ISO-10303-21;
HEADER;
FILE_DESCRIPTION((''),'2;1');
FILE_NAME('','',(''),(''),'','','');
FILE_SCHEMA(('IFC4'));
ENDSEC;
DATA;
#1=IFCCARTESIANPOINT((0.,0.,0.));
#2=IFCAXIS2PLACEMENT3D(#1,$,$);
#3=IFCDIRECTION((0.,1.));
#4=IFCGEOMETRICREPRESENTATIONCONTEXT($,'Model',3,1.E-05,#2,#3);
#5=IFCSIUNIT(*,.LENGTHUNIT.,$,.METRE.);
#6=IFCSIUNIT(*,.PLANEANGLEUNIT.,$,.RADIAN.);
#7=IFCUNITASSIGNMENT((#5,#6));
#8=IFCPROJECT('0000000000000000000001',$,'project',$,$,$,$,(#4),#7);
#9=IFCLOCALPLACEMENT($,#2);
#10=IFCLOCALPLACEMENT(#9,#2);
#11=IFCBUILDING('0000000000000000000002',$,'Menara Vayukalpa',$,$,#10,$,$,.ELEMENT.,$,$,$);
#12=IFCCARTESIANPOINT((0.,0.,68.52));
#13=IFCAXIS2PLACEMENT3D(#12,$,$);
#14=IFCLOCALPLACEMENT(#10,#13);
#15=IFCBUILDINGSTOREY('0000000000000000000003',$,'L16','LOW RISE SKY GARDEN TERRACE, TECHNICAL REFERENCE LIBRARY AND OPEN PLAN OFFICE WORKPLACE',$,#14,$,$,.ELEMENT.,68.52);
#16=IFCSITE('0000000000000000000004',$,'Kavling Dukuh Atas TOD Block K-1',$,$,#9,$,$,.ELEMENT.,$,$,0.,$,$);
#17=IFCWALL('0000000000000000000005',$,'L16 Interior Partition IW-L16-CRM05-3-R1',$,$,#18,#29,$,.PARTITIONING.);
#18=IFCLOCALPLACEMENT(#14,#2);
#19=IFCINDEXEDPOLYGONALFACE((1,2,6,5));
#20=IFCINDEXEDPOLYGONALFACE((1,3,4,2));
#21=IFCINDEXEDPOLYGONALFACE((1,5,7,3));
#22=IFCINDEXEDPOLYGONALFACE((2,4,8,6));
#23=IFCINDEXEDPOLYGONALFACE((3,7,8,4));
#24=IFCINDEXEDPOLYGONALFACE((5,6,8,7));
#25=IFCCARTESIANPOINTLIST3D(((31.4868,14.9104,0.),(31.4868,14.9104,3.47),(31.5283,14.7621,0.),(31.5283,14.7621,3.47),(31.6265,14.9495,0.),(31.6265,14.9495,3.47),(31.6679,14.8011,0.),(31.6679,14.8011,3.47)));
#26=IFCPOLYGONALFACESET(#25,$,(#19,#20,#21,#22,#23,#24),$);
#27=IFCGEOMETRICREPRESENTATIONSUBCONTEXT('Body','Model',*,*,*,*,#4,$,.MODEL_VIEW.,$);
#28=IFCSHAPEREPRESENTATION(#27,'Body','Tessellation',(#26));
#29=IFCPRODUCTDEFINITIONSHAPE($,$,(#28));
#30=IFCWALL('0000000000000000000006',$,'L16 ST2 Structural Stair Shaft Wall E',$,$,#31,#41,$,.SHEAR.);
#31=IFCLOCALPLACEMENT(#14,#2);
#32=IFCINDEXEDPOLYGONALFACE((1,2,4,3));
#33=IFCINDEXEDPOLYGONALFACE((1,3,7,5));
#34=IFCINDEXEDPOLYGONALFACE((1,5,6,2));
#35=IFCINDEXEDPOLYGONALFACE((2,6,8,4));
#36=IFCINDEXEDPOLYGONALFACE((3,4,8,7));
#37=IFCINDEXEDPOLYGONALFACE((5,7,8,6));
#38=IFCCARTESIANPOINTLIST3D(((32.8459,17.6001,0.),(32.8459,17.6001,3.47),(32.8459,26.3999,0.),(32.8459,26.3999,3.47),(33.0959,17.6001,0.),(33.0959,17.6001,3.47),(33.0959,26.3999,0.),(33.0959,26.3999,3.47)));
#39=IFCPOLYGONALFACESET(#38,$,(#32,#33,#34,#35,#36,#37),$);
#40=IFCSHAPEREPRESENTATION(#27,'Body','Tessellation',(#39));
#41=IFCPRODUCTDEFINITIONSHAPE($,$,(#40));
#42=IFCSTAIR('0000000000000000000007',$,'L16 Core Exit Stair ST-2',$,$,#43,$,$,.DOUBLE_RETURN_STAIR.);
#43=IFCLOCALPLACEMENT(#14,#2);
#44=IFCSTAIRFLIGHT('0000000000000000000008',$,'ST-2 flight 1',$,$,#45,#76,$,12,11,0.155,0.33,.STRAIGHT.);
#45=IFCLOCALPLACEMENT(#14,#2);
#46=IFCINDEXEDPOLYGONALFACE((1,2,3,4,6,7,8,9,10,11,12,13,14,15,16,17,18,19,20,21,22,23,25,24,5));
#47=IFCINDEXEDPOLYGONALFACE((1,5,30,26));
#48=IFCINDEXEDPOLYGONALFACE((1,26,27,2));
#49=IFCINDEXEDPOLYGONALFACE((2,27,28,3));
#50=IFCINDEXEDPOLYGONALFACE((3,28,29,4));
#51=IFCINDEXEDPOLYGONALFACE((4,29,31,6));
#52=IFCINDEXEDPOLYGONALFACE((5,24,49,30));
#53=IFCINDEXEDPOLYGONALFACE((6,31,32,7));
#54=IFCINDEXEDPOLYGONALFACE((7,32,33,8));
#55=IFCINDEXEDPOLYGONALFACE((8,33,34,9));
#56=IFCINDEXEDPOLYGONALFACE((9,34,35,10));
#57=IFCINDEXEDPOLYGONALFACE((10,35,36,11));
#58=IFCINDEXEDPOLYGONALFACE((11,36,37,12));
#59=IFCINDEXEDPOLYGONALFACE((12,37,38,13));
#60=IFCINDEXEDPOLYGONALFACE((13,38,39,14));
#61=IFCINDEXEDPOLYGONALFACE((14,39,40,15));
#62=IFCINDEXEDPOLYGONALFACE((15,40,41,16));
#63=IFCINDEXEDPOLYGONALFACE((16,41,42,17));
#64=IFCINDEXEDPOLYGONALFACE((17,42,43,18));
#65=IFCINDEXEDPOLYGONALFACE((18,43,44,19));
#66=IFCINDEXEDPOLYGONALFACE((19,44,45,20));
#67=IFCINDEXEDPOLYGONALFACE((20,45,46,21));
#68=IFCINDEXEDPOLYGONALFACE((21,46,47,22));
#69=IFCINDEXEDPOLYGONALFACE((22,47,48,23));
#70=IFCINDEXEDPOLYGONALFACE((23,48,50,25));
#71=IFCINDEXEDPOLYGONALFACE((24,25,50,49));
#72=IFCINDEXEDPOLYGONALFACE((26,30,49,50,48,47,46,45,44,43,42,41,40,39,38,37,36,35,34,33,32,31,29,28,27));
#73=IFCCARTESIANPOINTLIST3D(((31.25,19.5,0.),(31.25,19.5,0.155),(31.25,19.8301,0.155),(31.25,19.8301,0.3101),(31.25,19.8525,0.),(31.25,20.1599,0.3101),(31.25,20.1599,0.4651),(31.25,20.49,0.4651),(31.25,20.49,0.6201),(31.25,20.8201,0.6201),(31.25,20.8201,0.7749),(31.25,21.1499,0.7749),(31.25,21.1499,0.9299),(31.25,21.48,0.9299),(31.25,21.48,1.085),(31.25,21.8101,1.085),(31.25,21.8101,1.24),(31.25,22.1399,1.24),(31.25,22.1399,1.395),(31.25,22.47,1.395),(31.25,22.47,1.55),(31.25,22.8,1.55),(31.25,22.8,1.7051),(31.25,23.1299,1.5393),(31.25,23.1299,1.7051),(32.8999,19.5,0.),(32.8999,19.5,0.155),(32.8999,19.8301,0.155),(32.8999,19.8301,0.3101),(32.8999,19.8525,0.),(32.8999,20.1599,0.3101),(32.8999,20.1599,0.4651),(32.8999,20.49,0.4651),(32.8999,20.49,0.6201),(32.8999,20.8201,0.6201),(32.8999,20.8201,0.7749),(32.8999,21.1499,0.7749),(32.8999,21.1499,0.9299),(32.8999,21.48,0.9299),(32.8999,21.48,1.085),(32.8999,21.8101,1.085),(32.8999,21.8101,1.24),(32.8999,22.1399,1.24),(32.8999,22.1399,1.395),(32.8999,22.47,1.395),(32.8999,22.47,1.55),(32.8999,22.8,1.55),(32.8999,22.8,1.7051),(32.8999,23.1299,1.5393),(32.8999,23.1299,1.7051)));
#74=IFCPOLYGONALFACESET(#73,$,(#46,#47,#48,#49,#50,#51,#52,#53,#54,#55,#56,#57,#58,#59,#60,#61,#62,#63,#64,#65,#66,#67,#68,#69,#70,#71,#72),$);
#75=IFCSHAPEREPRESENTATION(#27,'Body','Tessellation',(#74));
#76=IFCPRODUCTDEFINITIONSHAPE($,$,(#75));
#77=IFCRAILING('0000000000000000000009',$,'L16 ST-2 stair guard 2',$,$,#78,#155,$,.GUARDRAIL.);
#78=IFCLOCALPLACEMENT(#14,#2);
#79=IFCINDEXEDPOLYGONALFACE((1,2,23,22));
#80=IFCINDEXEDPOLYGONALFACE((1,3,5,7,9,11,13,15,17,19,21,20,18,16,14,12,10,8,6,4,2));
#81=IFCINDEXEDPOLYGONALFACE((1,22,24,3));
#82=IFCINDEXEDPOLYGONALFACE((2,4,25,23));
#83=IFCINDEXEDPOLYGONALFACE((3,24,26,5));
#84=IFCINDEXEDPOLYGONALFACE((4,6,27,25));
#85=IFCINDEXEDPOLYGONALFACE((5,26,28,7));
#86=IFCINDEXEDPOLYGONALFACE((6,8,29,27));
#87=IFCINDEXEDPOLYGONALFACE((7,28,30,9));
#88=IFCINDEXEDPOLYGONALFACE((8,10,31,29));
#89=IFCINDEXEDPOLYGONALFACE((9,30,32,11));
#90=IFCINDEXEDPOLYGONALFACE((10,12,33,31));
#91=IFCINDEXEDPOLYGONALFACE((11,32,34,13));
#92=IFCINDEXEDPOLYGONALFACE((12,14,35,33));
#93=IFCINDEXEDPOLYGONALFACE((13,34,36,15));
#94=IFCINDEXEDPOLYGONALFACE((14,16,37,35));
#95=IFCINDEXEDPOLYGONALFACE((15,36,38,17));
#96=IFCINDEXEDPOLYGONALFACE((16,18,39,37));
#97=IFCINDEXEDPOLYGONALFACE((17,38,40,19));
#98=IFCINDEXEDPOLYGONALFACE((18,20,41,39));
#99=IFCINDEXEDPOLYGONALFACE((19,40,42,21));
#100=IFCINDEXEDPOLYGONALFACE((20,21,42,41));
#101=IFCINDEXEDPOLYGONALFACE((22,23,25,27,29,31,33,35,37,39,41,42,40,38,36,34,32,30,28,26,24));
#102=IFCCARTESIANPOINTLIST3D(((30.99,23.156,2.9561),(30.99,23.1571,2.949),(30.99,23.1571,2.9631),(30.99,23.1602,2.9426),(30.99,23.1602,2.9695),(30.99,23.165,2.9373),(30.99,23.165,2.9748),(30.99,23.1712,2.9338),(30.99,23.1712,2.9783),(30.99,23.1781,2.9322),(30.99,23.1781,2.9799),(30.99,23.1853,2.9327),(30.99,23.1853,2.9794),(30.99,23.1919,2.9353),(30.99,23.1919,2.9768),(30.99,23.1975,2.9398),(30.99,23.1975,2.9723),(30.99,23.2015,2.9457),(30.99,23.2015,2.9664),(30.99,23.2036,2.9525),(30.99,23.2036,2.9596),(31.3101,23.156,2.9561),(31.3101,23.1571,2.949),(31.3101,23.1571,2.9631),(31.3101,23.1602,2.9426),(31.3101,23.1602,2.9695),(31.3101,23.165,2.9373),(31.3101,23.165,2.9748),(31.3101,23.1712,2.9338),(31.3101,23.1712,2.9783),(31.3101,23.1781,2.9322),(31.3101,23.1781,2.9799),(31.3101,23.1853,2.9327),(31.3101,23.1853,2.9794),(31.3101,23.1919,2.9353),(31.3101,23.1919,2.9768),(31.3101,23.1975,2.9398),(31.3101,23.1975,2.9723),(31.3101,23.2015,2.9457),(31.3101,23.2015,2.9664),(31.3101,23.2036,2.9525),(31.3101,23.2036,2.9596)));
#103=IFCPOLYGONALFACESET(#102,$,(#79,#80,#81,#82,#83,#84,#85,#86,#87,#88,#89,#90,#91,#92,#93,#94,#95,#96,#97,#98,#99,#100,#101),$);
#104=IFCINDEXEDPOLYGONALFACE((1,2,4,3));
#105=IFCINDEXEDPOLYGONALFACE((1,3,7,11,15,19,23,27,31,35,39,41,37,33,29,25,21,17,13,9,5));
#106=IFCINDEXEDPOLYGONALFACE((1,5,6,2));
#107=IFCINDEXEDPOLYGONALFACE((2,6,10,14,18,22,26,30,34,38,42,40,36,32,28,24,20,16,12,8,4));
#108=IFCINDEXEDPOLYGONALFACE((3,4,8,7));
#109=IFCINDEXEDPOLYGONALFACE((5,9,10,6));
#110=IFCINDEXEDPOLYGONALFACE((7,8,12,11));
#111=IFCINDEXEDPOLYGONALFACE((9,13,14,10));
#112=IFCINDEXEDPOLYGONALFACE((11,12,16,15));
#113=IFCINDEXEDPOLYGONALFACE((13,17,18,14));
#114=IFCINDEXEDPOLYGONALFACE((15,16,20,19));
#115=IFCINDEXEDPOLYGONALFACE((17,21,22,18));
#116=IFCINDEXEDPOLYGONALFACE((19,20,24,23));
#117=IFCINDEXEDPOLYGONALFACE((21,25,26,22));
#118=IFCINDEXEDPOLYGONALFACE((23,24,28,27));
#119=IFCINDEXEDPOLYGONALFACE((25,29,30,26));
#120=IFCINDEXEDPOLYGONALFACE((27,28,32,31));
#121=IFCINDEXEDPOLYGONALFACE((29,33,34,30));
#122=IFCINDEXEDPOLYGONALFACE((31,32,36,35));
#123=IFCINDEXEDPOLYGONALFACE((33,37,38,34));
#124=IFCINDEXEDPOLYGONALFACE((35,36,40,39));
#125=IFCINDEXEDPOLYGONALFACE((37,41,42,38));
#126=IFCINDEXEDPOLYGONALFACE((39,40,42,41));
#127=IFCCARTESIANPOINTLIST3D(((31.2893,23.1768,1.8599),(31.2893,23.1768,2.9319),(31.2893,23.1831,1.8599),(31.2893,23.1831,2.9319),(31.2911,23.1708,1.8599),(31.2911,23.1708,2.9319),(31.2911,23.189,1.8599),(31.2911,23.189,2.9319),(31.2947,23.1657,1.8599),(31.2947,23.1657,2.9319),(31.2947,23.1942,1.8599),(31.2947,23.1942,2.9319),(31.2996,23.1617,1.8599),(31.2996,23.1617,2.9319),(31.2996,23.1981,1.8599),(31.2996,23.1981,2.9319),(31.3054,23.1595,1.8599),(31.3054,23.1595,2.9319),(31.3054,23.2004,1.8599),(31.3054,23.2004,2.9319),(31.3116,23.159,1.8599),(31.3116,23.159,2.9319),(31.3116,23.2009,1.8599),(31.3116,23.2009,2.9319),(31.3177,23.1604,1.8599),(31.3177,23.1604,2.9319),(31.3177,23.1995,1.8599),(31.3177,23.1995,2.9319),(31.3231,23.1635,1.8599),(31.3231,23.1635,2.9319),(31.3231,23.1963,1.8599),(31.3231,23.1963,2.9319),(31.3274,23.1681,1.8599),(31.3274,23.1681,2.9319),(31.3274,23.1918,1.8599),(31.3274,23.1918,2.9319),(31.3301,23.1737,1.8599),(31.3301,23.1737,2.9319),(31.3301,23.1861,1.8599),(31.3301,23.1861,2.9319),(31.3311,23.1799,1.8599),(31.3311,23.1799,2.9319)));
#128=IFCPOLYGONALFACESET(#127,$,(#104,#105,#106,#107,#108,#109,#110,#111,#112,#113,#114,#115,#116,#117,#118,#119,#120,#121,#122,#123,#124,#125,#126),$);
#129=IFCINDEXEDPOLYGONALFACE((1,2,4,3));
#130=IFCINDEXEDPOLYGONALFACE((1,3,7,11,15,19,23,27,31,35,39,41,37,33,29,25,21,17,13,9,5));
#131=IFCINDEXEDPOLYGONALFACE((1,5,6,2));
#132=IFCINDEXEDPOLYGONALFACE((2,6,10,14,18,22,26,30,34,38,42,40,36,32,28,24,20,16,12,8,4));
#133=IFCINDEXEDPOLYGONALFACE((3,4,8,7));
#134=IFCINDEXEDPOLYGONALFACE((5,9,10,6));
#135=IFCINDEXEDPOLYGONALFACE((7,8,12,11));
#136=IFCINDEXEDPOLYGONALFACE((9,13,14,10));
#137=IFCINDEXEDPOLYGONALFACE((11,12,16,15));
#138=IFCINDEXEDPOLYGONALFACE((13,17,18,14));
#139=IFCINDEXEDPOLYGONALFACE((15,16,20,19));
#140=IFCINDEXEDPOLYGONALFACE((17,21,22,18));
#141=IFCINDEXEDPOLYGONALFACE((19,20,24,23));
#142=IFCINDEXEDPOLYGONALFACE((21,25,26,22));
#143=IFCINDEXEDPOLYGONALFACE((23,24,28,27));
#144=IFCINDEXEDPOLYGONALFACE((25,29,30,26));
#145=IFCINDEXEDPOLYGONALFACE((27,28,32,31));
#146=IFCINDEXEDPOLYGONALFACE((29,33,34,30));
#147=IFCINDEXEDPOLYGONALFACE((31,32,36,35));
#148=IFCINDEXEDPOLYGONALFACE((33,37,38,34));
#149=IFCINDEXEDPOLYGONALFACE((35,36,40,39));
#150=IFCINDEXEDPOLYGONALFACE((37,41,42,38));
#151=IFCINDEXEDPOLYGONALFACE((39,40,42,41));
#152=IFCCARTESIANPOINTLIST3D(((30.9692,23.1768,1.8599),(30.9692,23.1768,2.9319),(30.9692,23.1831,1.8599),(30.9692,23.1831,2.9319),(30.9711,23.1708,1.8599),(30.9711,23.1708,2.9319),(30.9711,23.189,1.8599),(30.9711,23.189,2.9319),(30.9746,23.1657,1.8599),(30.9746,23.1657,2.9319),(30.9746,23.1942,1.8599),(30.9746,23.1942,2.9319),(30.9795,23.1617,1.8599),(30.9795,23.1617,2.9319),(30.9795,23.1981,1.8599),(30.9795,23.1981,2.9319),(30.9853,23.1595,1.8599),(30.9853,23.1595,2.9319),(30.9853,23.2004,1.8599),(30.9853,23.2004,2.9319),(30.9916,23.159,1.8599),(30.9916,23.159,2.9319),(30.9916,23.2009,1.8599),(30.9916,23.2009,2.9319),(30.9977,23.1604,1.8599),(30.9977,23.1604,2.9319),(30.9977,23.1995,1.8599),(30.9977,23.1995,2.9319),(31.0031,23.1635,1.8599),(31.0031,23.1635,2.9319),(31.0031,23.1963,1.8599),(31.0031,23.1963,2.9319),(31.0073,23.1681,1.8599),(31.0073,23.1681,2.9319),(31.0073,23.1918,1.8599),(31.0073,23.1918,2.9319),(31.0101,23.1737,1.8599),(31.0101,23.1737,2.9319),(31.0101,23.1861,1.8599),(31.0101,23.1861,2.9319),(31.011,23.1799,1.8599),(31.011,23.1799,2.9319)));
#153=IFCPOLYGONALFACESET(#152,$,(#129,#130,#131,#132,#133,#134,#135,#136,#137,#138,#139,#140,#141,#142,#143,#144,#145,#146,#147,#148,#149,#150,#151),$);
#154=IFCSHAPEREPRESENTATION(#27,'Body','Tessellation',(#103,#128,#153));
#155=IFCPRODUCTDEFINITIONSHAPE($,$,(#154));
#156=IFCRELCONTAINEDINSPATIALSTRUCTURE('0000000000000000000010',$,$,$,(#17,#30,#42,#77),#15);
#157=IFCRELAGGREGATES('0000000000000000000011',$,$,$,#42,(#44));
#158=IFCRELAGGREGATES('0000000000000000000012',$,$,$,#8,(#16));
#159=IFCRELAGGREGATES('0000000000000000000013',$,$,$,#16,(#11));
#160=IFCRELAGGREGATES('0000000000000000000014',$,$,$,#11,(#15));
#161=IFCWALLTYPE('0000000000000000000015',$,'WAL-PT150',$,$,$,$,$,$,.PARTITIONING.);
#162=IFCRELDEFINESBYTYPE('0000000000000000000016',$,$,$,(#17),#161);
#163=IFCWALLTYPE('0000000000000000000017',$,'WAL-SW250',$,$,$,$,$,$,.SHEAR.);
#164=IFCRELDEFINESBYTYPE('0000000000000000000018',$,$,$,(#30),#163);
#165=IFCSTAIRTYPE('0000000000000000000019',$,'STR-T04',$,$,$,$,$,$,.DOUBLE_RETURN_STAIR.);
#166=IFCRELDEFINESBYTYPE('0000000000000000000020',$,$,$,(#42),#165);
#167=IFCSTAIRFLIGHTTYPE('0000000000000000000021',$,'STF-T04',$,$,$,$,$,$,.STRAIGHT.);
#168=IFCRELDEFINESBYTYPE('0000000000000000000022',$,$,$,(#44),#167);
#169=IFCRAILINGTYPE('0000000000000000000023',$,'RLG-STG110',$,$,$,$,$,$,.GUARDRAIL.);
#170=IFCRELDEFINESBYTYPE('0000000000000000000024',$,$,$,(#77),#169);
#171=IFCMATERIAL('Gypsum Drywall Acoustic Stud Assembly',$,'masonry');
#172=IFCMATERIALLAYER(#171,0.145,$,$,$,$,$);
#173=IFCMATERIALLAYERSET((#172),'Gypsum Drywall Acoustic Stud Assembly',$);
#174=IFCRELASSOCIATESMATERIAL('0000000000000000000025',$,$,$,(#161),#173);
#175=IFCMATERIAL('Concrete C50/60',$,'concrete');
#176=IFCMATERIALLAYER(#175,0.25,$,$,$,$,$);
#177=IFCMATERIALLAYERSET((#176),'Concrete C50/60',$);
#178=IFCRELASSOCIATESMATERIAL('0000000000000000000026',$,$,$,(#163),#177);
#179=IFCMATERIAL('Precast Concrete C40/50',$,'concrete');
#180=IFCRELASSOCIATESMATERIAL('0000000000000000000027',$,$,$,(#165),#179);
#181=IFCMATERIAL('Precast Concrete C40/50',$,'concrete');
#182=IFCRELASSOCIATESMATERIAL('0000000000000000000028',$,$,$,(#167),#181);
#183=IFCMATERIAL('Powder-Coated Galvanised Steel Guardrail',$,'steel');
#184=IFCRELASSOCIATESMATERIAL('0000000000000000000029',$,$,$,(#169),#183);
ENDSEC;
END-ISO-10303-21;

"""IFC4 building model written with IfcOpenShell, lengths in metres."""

from ifc_helpers import new_model, si_unit, direction, frame, frame_2d, origin, origin_2d, place, context, subcontext, project, spatial, polyline, rectangle, circle, outline, extrude, material, layer, layer_set, type_object, element, aggregate, save


model = new_model("IFC4")

# Units and contexts
model_context = context("Model", 3, precision=1e-05, world=origin(), true_north=direction((0.0, 1.0)))
body_context = subcontext(model_context, "Body", "Model", "MODEL_VIEW")
ifc_project = project(units=[si_unit("LENGTHUNIT", "METRE"), si_unit("PLANEANGLEUNIT", "RADIAN")], contexts=[model_context])

# Site, building, storey
site_placement = place(None, origin())
site = spatial("IfcSite", under=ifc_project, at=site_placement, Name="Kavling Dukuh Atas TOD Block K-1", CompositionType="ELEMENT", RefElevation=0.0)
building_placement = place(site_placement, origin())
building = spatial("IfcBuilding", under=site, at=building_placement, Name="Menara Vayukalpa", CompositionType="ELEMENT")
storey_placement = place(building_placement, frame((0.0, 0.0, 68.52)))
storey = spatial("IfcBuildingStorey", under=building, at=storey_placement, Name="L16", Description="LOW RISE SKY GARDEN TERRACE, TECHNICAL REFERENCE LIBRARY AND OPEN PLAN OFFICE WORKPLACE", CompositionType="ELEMENT", Elevation=68.52)

# Walls
ifc_material_1 = material(Name="Gypsum Drywall Acoustic Stud Assembly", Category="masonry")
ifc_layer_1 = layer(ifc_material_1, 0.145)
ifc_layer_set_1 = layer_set([ifc_layer_1], Name="Gypsum Drywall Acoustic Stud Assembly")
wall_type_1 = type_object("IfcWallType", Name="WAL-PT150", PredefinedType="PARTITIONING", material=ifc_layer_set_1)
wall_1_placement = place(storey_placement, frame((31.5981, 14.7815, 0.0), z_axis=(0.0, 0.0, 1.0), x_axis=(-0.269277, 0.963063, 0.0)))
element("IfcWall", 1, at=wall_1_placement, inside=storey, type_object=wall_type_1, Name="L16 Interior Partition IW-L16-CRM05-3-R1", PredefinedType="PARTITIONING", context=body_context, shape_type="SweptSolid", body=[
    extrude(rectangle(XDim=0.1541, YDim=0.145, at=frame_2d((0.0771, 0.0))), origin(), (0.0, 0.0, 1.0), 3.47),
])
ifc_material_2 = material(Name="Concrete C50/60", Category="concrete")
ifc_layer_2 = layer(ifc_material_2, 0.25)
ifc_layer_set_2 = layer_set([ifc_layer_2], Name="Concrete C50/60")
wall_type_2 = type_object("IfcWallType", Name="WAL-SW250", PredefinedType="SHEAR", material=ifc_layer_set_2)
wall_2_placement = place(storey_placement, frame((32.9709, 17.6001, 0.0), z_axis=(0.0, 0.0, 1.0), x_axis=(0.0, 1.0, 0.0)))
element("IfcWall", 2, at=wall_2_placement, inside=storey, type_object=wall_type_2, Name="L16 ST2 Structural Stair Shaft Wall E", PredefinedType="SHEAR", context=body_context, shape_type="SweptSolid", body=[
    extrude(rectangle(XDim=8.7998, YDim=0.25, at=frame_2d((4.3999, 0.0))), origin(), (0.0, 0.0, 1.0), 3.47),
])

# Stair, stair flight
ifc_material_3 = material(Name="Precast Concrete C40/50", Category="concrete")
stair_type = type_object("IfcStairType", Name="STR-T04", PredefinedType="DOUBLE_RETURN_STAIR", material=ifc_material_3)
stair_placement = place(storey_placement, origin())
stair = element("IfcStair", 3, at=stair_placement, inside=storey, type_object=stair_type, Name="L16 Core Exit Stair ST-2", PredefinedType="DOUBLE_RETURN_STAIR")
ifc_material_4 = material(Name="Precast Concrete C40/50", Category="concrete")
stair_flight_type = type_object("IfcStairFlightType", Name="STF-T04", PredefinedType="STRAIGHT", material=ifc_material_4)
stair_flight_placement = place(storey_placement, frame((32.075, 19.5, 0.0), z_axis=(0.0, 0.0, 1.0), x_axis=(0.0, 1.0, 0.0)))
stair_flight = element("IfcStairFlight", 4, at=stair_flight_placement, type_object=stair_flight_type, Name="ST-2 flight 1", NumberOfRisers=12, NumberOfTreads=11, PredefinedType="STRAIGHT", RiserHeight=0.155, TreadLength=0.33, context=body_context, shape_type="SweptSolid", body=[
    extrude(outline(polyline([(0.0, 0.0), (0.0, 0.155), (0.3301, 0.155), (0.3301, 0.3101), (0.6599, 0.3101), (0.6599, 0.4651), (0.99, 0.4651), (0.99, 0.6201), (1.3201, 0.6201), (1.3201, 0.7749), (1.6499, 0.7749), (1.6499, 0.9299), (1.98, 0.9299), (1.98, 1.085), (2.3101, 1.085), (2.3101, 1.24), (2.6399, 1.24), (2.6399, 1.395), (2.97, 1.395), (2.97, 1.55), (3.3, 1.55), (3.3, 1.7051), (3.6299, 1.7051), (3.6299, 1.8601), (3.6299, 1.5393), (0.3525, 0.0), (0.0, 0.0)])), frame((0.0, 0.825, 0.0), z_axis=(0.0, -1.0, 0.0), x_axis=(1.0, 0.0, 0.0)), (0.0, 0.0, 1.0), 1.6499),
])
aggregate(stair, [stair_flight])

# Railing
ifc_material_5 = material(Name="Powder-Coated Galvanised Steel Guardrail", Category="steel")
railing_type_1 = type_object("IfcRailingType", Name="RLG-STG110", PredefinedType="GUARDRAIL", material=ifc_material_5)
for number, where, name in (
    (5, (31.3101, 23.1799, 1.8599), "L16 ST-2 stair guard 2"),
):
    element("IfcRailing", number, at=place(storey_placement, frame(where)), inside=storey, type_object=railing_type_1, Name=name, PredefinedType="GUARDRAIL", context=body_context, shape_type="SweptSolid", body=[
        extrude(circle(Radius=0.0239, at=origin_2d()), frame((0.0, 0.0, 1.0962), z_axis=(-1.0, 0.0, 0.0), x_axis=(0.0, -1.0, 0.0)), (0.0, 0.0, 1.0), 0.3201),
        extrude(circle(Radius=0.021, at=origin_2d()), origin(), (0.0, 0.0, 1.0), 1.072),
        extrude(circle(Radius=0.021, at=origin_2d()), frame((-0.3201, 0.0, 0.0)), (0.0, 0.0, 1.0), 1.072),
    ])

save(model, "model.ifc")
